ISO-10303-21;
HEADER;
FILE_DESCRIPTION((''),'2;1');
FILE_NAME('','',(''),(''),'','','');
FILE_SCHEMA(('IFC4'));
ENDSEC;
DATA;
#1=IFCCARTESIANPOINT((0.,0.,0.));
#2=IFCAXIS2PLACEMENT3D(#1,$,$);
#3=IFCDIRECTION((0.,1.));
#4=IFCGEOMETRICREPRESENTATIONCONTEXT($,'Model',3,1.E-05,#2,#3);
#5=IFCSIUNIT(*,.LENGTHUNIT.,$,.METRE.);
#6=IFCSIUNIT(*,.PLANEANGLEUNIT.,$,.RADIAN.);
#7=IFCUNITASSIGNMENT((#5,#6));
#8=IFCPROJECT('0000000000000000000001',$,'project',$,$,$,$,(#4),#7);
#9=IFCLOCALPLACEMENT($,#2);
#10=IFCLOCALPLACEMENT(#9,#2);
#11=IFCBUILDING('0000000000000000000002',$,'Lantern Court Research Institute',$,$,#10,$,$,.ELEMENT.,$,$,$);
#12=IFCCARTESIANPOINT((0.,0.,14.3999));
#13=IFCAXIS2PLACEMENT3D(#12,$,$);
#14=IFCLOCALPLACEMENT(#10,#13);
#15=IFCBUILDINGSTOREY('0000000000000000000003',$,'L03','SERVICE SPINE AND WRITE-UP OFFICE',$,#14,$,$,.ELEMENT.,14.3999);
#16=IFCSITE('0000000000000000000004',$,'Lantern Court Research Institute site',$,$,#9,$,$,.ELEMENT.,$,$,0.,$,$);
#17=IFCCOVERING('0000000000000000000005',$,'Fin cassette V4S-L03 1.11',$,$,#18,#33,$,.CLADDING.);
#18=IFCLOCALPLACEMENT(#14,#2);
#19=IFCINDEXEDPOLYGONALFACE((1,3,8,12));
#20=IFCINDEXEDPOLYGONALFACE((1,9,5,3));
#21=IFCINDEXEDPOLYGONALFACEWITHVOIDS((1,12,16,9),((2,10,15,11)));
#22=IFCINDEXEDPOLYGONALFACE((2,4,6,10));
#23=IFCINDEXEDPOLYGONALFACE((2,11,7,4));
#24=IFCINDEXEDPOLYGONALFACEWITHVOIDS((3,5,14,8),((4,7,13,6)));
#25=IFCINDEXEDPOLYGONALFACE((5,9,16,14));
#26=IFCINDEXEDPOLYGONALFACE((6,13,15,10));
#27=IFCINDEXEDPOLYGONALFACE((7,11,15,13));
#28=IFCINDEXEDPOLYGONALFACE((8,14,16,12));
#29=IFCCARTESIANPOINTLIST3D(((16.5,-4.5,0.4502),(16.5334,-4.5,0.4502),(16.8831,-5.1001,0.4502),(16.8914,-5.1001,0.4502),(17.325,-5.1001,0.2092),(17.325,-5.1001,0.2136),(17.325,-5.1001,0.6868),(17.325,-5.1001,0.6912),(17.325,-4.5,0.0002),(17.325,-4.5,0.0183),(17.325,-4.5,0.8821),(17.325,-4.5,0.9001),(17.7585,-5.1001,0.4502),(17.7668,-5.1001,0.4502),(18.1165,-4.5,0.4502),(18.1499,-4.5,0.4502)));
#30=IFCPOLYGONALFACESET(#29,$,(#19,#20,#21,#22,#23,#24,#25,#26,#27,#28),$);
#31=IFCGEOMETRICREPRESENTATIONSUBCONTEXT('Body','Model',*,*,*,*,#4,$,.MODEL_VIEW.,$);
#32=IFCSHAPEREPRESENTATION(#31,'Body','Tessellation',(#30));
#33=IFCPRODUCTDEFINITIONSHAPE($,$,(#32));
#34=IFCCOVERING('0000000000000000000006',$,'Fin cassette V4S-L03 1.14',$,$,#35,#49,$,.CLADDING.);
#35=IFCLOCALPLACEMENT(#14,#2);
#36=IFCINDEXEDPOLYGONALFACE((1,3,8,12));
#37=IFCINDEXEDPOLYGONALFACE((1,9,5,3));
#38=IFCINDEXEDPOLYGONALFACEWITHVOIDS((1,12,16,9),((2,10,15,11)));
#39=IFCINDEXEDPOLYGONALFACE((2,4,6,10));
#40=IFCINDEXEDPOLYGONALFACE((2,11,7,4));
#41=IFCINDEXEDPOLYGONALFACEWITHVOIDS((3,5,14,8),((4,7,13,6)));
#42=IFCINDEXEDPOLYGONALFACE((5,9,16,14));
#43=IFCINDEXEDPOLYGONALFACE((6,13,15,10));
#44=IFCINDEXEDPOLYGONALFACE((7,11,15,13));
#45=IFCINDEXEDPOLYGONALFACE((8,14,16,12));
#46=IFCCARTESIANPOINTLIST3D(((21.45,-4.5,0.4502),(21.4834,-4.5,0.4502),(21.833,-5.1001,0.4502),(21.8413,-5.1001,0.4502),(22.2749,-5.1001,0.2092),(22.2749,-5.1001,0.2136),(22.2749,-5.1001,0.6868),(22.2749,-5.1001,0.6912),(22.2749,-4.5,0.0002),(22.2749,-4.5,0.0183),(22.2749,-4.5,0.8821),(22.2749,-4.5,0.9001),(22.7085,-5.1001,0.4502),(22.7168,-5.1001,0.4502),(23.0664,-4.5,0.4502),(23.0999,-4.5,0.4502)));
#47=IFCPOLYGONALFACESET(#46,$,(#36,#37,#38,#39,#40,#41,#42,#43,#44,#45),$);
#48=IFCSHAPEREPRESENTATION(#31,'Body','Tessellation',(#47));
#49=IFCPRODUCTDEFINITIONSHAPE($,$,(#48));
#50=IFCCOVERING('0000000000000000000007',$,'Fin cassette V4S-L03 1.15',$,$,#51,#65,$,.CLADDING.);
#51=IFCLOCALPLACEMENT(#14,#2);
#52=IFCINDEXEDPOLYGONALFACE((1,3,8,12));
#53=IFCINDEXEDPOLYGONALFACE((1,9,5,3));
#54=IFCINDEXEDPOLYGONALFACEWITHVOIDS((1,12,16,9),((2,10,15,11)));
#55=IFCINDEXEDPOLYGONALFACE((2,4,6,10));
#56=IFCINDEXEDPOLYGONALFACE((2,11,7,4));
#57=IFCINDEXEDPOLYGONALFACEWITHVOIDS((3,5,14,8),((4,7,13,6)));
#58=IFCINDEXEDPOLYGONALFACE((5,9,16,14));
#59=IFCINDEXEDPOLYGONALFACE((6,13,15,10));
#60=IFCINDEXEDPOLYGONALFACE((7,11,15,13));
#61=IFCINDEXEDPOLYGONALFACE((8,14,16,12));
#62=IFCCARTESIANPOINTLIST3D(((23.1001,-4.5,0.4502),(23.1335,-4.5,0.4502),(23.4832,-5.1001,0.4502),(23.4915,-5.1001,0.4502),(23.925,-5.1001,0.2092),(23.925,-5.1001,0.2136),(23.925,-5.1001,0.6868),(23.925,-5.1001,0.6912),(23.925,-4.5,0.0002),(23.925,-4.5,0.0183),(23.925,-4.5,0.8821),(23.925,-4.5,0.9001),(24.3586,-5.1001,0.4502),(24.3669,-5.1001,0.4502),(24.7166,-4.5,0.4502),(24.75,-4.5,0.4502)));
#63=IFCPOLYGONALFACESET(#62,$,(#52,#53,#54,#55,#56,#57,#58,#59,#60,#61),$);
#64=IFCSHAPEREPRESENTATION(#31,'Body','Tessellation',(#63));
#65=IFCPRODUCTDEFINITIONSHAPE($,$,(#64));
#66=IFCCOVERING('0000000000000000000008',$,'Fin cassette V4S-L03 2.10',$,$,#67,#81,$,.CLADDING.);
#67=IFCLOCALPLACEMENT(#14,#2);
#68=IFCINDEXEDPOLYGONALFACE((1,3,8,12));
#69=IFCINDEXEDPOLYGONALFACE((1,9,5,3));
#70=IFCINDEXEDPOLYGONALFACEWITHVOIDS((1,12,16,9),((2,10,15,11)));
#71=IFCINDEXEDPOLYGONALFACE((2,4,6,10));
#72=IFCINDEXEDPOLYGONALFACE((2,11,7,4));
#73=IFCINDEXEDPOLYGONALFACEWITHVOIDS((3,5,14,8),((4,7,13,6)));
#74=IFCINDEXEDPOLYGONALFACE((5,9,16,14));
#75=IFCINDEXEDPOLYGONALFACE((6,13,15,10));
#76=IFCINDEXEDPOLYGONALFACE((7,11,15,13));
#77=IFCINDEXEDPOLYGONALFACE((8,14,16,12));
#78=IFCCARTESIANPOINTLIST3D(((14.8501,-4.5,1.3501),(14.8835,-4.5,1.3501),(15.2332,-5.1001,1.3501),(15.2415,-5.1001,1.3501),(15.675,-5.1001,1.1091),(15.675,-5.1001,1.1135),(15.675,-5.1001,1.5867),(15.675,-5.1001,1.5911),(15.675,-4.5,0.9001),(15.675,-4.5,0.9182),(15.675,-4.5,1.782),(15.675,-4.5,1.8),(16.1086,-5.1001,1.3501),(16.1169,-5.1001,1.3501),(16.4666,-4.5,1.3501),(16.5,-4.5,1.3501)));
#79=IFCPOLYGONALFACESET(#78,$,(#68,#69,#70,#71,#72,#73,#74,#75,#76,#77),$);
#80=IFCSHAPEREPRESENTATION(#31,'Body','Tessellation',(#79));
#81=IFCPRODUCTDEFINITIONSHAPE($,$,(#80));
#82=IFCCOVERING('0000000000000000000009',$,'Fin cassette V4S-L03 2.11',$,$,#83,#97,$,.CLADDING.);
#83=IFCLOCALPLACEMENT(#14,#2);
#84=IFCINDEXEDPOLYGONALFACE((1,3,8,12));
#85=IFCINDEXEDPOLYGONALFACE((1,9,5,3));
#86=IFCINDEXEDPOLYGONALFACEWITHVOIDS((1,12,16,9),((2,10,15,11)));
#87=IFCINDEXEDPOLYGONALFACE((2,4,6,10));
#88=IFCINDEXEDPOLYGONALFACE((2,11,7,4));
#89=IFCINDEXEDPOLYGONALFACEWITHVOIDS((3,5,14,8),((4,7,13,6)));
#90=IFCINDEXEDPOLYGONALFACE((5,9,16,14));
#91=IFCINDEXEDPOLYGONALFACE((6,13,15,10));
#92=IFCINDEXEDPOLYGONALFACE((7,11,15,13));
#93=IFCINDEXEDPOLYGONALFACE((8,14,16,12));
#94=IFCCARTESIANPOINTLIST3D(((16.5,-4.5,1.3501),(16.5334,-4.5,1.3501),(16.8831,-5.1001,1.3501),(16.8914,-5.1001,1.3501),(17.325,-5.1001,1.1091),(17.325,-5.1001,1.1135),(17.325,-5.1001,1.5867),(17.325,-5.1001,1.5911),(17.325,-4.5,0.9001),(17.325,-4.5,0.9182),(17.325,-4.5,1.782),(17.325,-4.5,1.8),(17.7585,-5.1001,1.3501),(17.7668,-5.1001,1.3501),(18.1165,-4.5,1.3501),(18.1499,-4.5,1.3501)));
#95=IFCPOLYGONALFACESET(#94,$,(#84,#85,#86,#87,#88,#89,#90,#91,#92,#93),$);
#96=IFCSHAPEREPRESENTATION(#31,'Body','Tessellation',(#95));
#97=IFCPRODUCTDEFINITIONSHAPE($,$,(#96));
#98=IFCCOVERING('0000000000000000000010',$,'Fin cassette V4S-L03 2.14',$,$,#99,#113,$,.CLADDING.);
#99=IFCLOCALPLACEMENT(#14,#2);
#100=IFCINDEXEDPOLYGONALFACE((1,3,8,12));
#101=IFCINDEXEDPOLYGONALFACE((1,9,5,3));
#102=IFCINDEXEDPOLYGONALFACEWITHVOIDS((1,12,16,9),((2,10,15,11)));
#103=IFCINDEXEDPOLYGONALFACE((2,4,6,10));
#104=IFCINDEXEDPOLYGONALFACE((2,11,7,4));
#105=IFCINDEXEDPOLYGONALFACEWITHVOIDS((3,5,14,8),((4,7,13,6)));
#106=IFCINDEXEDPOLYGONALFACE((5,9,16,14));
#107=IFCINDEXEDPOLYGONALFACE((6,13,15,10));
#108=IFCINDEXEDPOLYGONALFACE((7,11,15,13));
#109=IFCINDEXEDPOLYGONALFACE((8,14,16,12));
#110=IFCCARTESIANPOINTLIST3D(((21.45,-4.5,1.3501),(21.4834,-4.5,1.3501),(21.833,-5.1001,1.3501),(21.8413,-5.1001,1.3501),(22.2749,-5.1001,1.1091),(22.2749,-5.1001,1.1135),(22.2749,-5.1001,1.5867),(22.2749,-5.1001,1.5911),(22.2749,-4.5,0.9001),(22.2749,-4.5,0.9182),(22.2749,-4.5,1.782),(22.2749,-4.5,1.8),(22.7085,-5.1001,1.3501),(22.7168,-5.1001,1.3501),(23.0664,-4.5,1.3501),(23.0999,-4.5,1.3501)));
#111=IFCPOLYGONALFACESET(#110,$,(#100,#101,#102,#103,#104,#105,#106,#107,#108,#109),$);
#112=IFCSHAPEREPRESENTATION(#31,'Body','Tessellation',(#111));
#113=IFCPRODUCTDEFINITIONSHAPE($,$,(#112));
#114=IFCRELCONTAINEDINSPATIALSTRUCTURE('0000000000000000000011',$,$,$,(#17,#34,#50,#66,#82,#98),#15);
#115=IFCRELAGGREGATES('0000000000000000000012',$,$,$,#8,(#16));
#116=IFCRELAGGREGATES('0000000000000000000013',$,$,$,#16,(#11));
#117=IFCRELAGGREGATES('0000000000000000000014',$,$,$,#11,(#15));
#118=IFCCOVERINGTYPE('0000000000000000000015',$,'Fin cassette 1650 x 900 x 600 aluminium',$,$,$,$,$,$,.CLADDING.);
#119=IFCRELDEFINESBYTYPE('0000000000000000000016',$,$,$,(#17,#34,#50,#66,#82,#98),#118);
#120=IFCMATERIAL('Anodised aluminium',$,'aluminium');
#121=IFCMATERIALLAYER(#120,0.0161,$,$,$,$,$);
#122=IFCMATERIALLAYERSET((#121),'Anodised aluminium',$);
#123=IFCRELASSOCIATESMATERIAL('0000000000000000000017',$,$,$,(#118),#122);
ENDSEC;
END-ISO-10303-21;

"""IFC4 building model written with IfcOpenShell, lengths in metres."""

from ifc_helpers import new_model, entity, si_unit, direction, frame, origin, place, context, subcontext, project, spatial, material, layer, layer_set, type_object, element, save


model = new_model("IFC4")

# Units and contexts
model_context = context("Model", 3, precision=1e-05, world=origin(), true_north=direction((0.0, 1.0)))
body_context = subcontext(model_context, "Body", "Model", "MODEL_VIEW")
ifc_project = project(units=[si_unit("LENGTHUNIT", "METRE"), si_unit("PLANEANGLEUNIT", "RADIAN")], contexts=[model_context])

# Site, building, storey
site_placement = place(None, origin())
site = spatial("IfcSite", under=ifc_project, at=site_placement, Name="Lantern Court Research Institute site", CompositionType="ELEMENT", RefElevation=0.0)
building_placement = place(site_placement, origin())
building = spatial("IfcBuilding", under=site, at=building_placement, Name="Lantern Court Research Institute", CompositionType="ELEMENT")
storey_placement = place(building_placement, frame((0.0, 0.0, 14.3999)))
storey = spatial("IfcBuildingStorey", under=building, at=storey_placement, Name="L03", Description="SERVICE SPINE AND WRITE-UP OFFICE", CompositionType="ELEMENT", Elevation=14.3999)

# Coverings
ifc_material_1 = material(Name="Anodised aluminium", Category="aluminium")
ifc_layer_1 = layer(ifc_material_1, 0.0161)
ifc_layer_set_1 = layer_set([ifc_layer_1], Name="Anodised aluminium")
covering_type = type_object("IfcCoveringType", Name="Fin cassette 1650 x 900 x 600 aluminium", PredefinedType="CLADDING", material=ifc_layer_set_1)
covering_1_placement = place(storey_placement, frame((17.325, -4.5, 0.4502), z_axis=(0.0, -1.0, 0.0), x_axis=(1.0, 0.0, 0.0)))
cartesian_point_1 = entity("IfcCartesianPoint", [0.825, 0.0])
cartesian_point_2 = entity("IfcCartesianPoint", [0.7915, 0.0])
cartesian_point_3 = entity("IfcCartesianPoint", [0.4419, 0.0])
cartesian_point_4 = entity("IfcCartesianPoint", [0.4336, 0.0])
element("IfcCovering", 1, at=covering_1_placement, inside=storey, type_object=covering_type, Name="Fin cassette V4S-L03 1.11", PredefinedType="CLADDING", context=body_context, shape_type="SweptSolid", body=[
    entity("IfcExtrudedAreaSolidTapered", entity("IfcArbitraryProfileDefWithVoids", "AREA", None, entity("IfcPolyline", [cartesian_point_1, entity("IfcCartesianPoint", [0.0, 0.45]), entity("IfcCartesianPoint", [-0.825, 0.0]), entity("IfcCartesianPoint", [0.0, -0.45]), cartesian_point_1]), [entity("IfcPolyline", [cartesian_point_2, entity("IfcCartesianPoint", [0.0, 0.4319]), entity("IfcCartesianPoint", [-0.7915, 0.0]), entity("IfcCartesianPoint", [0.0, -0.4319]), cartesian_point_2])]), entity("IfcAxis2Placement3D", entity("IfcCartesianPoint", [0.0, 0.0, 0.0])), entity("IfcDirection", [0.0, 0.0, 1.0]), 0.6001, entity("IfcArbitraryProfileDefWithVoids", "AREA", None, entity("IfcPolyline", [cartesian_point_3, entity("IfcCartesianPoint", [0.0, 0.241]), entity("IfcCartesianPoint", [-0.4419, 0.0]), entity("IfcCartesianPoint", [0.0, -0.241]), cartesian_point_3]), [entity("IfcPolyline", [cartesian_point_4, entity("IfcCartesianPoint", [0.0, 0.2366]), entity("IfcCartesianPoint", [-0.4336, 0.0]), entity("IfcCartesianPoint", [0.0, -0.2366]), cartesian_point_4])])),
])
covering_2_placement = place(storey_placement, frame((22.2749, -4.5, 0.4502), z_axis=(0.0, -1.0, 0.0), x_axis=(1.0, 0.0, 0.0)))
cartesian_point_5 = entity("IfcCartesianPoint", [0.825, 0.0])
cartesian_point_6 = entity("IfcCartesianPoint", [0.7915, 0.0])
cartesian_point_7 = entity("IfcCartesianPoint", [0.4419, 0.0])
cartesian_point_8 = entity("IfcCartesianPoint", [0.4336, 0.0])
element("IfcCovering", 2, at=covering_2_placement, inside=storey, type_object=covering_type, Name="Fin cassette V4S-L03 1.14", PredefinedType="CLADDING", context=body_context, shape_type="SweptSolid", body=[
    entity("IfcExtrudedAreaSolidTapered", entity("IfcArbitraryProfileDefWithVoids", "AREA", None, entity("IfcPolyline", [cartesian_point_5, entity("IfcCartesianPoint", [0.0, 0.45]), entity("IfcCartesianPoint", [-0.825, 0.0]), entity("IfcCartesianPoint", [0.0, -0.45]), cartesian_point_5]), [entity("IfcPolyline", [cartesian_point_6, entity("IfcCartesianPoint", [0.0, 0.4319]), entity("IfcCartesianPoint", [-0.7915, 0.0]), entity("IfcCartesianPoint", [0.0, -0.4319]), cartesian_point_6])]), entity("IfcAxis2Placement3D", entity("IfcCartesianPoint", [0.0, 0.0, 0.0])), entity("IfcDirection", [0.0, 0.0, 1.0]), 0.6001, entity("IfcArbitraryProfileDefWithVoids", "AREA", None, entity("IfcPolyline", [cartesian_point_7, entity("IfcCartesianPoint", [0.0, 0.241]), entity("IfcCartesianPoint", [-0.4419, 0.0]), entity("IfcCartesianPoint", [0.0, -0.241]), cartesian_point_7]), [entity("IfcPolyline", [cartesian_point_8, entity("IfcCartesianPoint", [0.0, 0.2366]), entity("IfcCartesianPoint", [-0.4336, 0.0]), entity("IfcCartesianPoint", [0.0, -0.2366]), cartesian_point_8])])),
])
covering_3_placement = place(storey_placement, frame((23.925, -4.5, 0.4502), z_axis=(0.0, -1.0, 0.0), x_axis=(1.0, 0.0, 0.0)))
cartesian_point_9 = entity("IfcCartesianPoint", [0.825, 0.0])
cartesian_point_10 = entity("IfcCartesianPoint", [0.7915, 0.0])
cartesian_point_11 = entity("IfcCartesianPoint", [0.4419, 0.0])
cartesian_point_12 = entity("IfcCartesianPoint", [0.4336, 0.0])
element("IfcCovering", 3, at=covering_3_placement, inside=storey, type_object=covering_type, Name="Fin cassette V4S-L03 1.15", PredefinedType="CLADDING", context=body_context, shape_type="SweptSolid", body=[
    entity("IfcExtrudedAreaSolidTapered", entity("IfcArbitraryProfileDefWithVoids", "AREA", None, entity("IfcPolyline", [cartesian_point_9, entity("IfcCartesianPoint", [0.0, 0.45]), entity("IfcCartesianPoint", [-0.825, 0.0]), entity("IfcCartesianPoint", [0.0, -0.45]), cartesian_point_9]), [entity("IfcPolyline", [cartesian_point_10, entity("IfcCartesianPoint", [0.0, 0.4319]), entity("IfcCartesianPoint", [-0.7915, 0.0]), entity("IfcCartesianPoint", [0.0, -0.4319]), cartesian_point_10])]), entity("IfcAxis2Placement3D", entity("IfcCartesianPoint", [0.0, 0.0, 0.0])), entity("IfcDirection", [0.0, 0.0, 1.0]), 0.6001, entity("IfcArbitraryProfileDefWithVoids", "AREA", None, entity("IfcPolyline", [cartesian_point_11, entity("IfcCartesianPoint", [0.0, 0.241]), entity("IfcCartesianPoint", [-0.4419, 0.0]), entity("IfcCartesianPoint", [0.0, -0.241]), cartesian_point_11]), [entity("IfcPolyline", [cartesian_point_12, entity("IfcCartesianPoint", [0.0, 0.2366]), entity("IfcCartesianPoint", [-0.4336, 0.0]), entity("IfcCartesianPoint", [0.0, -0.2366]), cartesian_point_12])])),
])
covering_4_placement = place(storey_placement, frame((15.675, -4.5, 1.3501), z_axis=(0.0, -1.0, 0.0), x_axis=(1.0, 0.0, 0.0)))
cartesian_point_13 = entity("IfcCartesianPoint", [0.825, 0.0])
cartesian_point_14 = entity("IfcCartesianPoint", [0.7915, 0.0])
cartesian_point_15 = entity("IfcCartesianPoint", [0.4419, 0.0])
cartesian_point_16 = entity("IfcCartesianPoint", [0.4336, 0.0])
element("IfcCovering", 4, at=covering_4_placement, inside=storey, type_object=covering_type, Name="Fin cassette V4S-L03 2.10", PredefinedType="CLADDING", context=body_context, shape_type="SweptSolid", body=[
    entity("IfcExtrudedAreaSolidTapered", entity("IfcArbitraryProfileDefWithVoids", "AREA", None, entity("IfcPolyline", [cartesian_point_13, entity("IfcCartesianPoint", [0.0, 0.45]), entity("IfcCartesianPoint", [-0.825, 0.0]), entity("IfcCartesianPoint", [0.0, -0.45]), cartesian_point_13]), [entity("IfcPolyline", [cartesian_point_14, entity("IfcCartesianPoint", [0.0, 0.4319]), entity("IfcCartesianPoint", [-0.7915, 0.0]), entity("IfcCartesianPoint", [0.0, -0.4319]), cartesian_point_14])]), entity("IfcAxis2Placement3D", entity("IfcCartesianPoint", [0.0, 0.0, 0.0])), entity("IfcDirection", [0.0, 0.0, 1.0]), 0.6001, entity("IfcArbitraryProfileDefWithVoids", "AREA", None, entity("IfcPolyline", [cartesian_point_15, entity("IfcCartesianPoint", [0.0, 0.241]), entity("IfcCartesianPoint", [-0.4419, 0.0]), entity("IfcCartesianPoint", [0.0, -0.241]), cartesian_point_15]), [entity("IfcPolyline", [cartesian_point_16, entity("IfcCartesianPoint", [0.0, 0.2366]), entity("IfcCartesianPoint", [-0.4336, 0.0]), entity("IfcCartesianPoint", [0.0, -0.2366]), cartesian_point_16])])),
])
covering_5_placement = place(storey_placement, frame((17.325, -4.5, 1.3501), z_axis=(0.0, -1.0, 0.0), x_axis=(1.0, 0.0, 0.0)))
cartesian_point_17 = entity("IfcCartesianPoint", [0.825, 0.0])
cartesian_point_18 = entity("IfcCartesianPoint", [0.7915, 0.0])
cartesian_point_19 = entity("IfcCartesianPoint", [0.4419, 0.0])
cartesian_point_20 = entity("IfcCartesianPoint", [0.4336, 0.0])
element("IfcCovering", 5, at=covering_5_placement, inside=storey, type_object=covering_type, Name="Fin cassette V4S-L03 2.11", PredefinedType="CLADDING", context=body_context, shape_type="SweptSolid", body=[
    entity("IfcExtrudedAreaSolidTapered", entity("IfcArbitraryProfileDefWithVoids", "AREA", None, entity("IfcPolyline", [cartesian_point_17, entity("IfcCartesianPoint", [0.0, 0.45]), entity("IfcCartesianPoint", [-0.825, 0.0]), entity("IfcCartesianPoint", [0.0, -0.45]), cartesian_point_17]), [entity("IfcPolyline", [cartesian_point_18, entity("IfcCartesianPoint", [0.0, 0.4319]), entity("IfcCartesianPoint", [-0.7915, 0.0]), entity("IfcCartesianPoint", [0.0, -0.4319]), cartesian_point_18])]), entity("IfcAxis2Placement3D", entity("IfcCartesianPoint", [0.0, 0.0, 0.0])), entity("IfcDirection", [0.0, 0.0, 1.0]), 0.6001, entity("IfcArbitraryProfileDefWithVoids", "AREA", None, entity("IfcPolyline", [cartesian_point_19, entity("IfcCartesianPoint", [0.0, 0.241]), entity("IfcCartesianPoint", [-0.4419, 0.0]), entity("IfcCartesianPoint", [0.0, -0.241]), cartesian_point_19]), [entity("IfcPolyline", [cartesian_point_20, entity("IfcCartesianPoint", [0.0, 0.2366]), entity("IfcCartesianPoint", [-0.4336, 0.0]), entity("IfcCartesianPoint", [0.0, -0.2366]), cartesian_point_20])])),
])
covering_6_placement = place(storey_placement, frame((22.2749, -4.5, 1.3501), z_axis=(0.0, -1.0, 0.0), x_axis=(1.0, 0.0, 0.0)))
cartesian_point_21 = entity("IfcCartesianPoint", [0.825, 0.0])
cartesian_point_22 = entity("IfcCartesianPoint", [0.7915, 0.0])
cartesian_point_23 = entity("IfcCartesianPoint", [0.4419, 0.0])
cartesian_point_24 = entity("IfcCartesianPoint", [0.4336, 0.0])
element("IfcCovering", 6, at=covering_6_placement, inside=storey, type_object=covering_type, Name="Fin cassette V4S-L03 2.14", PredefinedType="CLADDING", context=body_context, shape_type="SweptSolid", body=[
    entity("IfcExtrudedAreaSolidTapered", entity("IfcArbitraryProfileDefWithVoids", "AREA", None, entity("IfcPolyline", [cartesian_point_21, entity("IfcCartesianPoint", [0.0, 0.45]), entity("IfcCartesianPoint", [-0.825, 0.0]), entity("IfcCartesianPoint", [0.0, -0.45]), cartesian_point_21]), [entity("IfcPolyline", [cartesian_point_22, entity("IfcCartesianPoint", [0.0, 0.4319]), entity("IfcCartesianPoint", [-0.7915, 0.0]), entity("IfcCartesianPoint", [0.0, -0.4319]), cartesian_point_22])]), entity("IfcAxis2Placement3D", entity("IfcCartesianPoint", [0.0, 0.0, 0.0])), entity("IfcDirection", [0.0, 0.0, 1.0]), 0.6001, entity("IfcArbitraryProfileDefWithVoids", "AREA", None, entity("IfcPolyline", [cartesian_point_23, entity("IfcCartesianPoint", [0.0, 0.241]), entity("IfcCartesianPoint", [-0.4419, 0.0]), entity("IfcCartesianPoint", [0.0, -0.241]), cartesian_point_23]), [entity("IfcPolyline", [cartesian_point_24, entity("IfcCartesianPoint", [0.0, 0.2366]), entity("IfcCartesianPoint", [-0.4336, 0.0]), entity("IfcCartesianPoint", [0.0, -0.2366]), cartesian_point_24])])),
])

save(model, "model.ifc")
